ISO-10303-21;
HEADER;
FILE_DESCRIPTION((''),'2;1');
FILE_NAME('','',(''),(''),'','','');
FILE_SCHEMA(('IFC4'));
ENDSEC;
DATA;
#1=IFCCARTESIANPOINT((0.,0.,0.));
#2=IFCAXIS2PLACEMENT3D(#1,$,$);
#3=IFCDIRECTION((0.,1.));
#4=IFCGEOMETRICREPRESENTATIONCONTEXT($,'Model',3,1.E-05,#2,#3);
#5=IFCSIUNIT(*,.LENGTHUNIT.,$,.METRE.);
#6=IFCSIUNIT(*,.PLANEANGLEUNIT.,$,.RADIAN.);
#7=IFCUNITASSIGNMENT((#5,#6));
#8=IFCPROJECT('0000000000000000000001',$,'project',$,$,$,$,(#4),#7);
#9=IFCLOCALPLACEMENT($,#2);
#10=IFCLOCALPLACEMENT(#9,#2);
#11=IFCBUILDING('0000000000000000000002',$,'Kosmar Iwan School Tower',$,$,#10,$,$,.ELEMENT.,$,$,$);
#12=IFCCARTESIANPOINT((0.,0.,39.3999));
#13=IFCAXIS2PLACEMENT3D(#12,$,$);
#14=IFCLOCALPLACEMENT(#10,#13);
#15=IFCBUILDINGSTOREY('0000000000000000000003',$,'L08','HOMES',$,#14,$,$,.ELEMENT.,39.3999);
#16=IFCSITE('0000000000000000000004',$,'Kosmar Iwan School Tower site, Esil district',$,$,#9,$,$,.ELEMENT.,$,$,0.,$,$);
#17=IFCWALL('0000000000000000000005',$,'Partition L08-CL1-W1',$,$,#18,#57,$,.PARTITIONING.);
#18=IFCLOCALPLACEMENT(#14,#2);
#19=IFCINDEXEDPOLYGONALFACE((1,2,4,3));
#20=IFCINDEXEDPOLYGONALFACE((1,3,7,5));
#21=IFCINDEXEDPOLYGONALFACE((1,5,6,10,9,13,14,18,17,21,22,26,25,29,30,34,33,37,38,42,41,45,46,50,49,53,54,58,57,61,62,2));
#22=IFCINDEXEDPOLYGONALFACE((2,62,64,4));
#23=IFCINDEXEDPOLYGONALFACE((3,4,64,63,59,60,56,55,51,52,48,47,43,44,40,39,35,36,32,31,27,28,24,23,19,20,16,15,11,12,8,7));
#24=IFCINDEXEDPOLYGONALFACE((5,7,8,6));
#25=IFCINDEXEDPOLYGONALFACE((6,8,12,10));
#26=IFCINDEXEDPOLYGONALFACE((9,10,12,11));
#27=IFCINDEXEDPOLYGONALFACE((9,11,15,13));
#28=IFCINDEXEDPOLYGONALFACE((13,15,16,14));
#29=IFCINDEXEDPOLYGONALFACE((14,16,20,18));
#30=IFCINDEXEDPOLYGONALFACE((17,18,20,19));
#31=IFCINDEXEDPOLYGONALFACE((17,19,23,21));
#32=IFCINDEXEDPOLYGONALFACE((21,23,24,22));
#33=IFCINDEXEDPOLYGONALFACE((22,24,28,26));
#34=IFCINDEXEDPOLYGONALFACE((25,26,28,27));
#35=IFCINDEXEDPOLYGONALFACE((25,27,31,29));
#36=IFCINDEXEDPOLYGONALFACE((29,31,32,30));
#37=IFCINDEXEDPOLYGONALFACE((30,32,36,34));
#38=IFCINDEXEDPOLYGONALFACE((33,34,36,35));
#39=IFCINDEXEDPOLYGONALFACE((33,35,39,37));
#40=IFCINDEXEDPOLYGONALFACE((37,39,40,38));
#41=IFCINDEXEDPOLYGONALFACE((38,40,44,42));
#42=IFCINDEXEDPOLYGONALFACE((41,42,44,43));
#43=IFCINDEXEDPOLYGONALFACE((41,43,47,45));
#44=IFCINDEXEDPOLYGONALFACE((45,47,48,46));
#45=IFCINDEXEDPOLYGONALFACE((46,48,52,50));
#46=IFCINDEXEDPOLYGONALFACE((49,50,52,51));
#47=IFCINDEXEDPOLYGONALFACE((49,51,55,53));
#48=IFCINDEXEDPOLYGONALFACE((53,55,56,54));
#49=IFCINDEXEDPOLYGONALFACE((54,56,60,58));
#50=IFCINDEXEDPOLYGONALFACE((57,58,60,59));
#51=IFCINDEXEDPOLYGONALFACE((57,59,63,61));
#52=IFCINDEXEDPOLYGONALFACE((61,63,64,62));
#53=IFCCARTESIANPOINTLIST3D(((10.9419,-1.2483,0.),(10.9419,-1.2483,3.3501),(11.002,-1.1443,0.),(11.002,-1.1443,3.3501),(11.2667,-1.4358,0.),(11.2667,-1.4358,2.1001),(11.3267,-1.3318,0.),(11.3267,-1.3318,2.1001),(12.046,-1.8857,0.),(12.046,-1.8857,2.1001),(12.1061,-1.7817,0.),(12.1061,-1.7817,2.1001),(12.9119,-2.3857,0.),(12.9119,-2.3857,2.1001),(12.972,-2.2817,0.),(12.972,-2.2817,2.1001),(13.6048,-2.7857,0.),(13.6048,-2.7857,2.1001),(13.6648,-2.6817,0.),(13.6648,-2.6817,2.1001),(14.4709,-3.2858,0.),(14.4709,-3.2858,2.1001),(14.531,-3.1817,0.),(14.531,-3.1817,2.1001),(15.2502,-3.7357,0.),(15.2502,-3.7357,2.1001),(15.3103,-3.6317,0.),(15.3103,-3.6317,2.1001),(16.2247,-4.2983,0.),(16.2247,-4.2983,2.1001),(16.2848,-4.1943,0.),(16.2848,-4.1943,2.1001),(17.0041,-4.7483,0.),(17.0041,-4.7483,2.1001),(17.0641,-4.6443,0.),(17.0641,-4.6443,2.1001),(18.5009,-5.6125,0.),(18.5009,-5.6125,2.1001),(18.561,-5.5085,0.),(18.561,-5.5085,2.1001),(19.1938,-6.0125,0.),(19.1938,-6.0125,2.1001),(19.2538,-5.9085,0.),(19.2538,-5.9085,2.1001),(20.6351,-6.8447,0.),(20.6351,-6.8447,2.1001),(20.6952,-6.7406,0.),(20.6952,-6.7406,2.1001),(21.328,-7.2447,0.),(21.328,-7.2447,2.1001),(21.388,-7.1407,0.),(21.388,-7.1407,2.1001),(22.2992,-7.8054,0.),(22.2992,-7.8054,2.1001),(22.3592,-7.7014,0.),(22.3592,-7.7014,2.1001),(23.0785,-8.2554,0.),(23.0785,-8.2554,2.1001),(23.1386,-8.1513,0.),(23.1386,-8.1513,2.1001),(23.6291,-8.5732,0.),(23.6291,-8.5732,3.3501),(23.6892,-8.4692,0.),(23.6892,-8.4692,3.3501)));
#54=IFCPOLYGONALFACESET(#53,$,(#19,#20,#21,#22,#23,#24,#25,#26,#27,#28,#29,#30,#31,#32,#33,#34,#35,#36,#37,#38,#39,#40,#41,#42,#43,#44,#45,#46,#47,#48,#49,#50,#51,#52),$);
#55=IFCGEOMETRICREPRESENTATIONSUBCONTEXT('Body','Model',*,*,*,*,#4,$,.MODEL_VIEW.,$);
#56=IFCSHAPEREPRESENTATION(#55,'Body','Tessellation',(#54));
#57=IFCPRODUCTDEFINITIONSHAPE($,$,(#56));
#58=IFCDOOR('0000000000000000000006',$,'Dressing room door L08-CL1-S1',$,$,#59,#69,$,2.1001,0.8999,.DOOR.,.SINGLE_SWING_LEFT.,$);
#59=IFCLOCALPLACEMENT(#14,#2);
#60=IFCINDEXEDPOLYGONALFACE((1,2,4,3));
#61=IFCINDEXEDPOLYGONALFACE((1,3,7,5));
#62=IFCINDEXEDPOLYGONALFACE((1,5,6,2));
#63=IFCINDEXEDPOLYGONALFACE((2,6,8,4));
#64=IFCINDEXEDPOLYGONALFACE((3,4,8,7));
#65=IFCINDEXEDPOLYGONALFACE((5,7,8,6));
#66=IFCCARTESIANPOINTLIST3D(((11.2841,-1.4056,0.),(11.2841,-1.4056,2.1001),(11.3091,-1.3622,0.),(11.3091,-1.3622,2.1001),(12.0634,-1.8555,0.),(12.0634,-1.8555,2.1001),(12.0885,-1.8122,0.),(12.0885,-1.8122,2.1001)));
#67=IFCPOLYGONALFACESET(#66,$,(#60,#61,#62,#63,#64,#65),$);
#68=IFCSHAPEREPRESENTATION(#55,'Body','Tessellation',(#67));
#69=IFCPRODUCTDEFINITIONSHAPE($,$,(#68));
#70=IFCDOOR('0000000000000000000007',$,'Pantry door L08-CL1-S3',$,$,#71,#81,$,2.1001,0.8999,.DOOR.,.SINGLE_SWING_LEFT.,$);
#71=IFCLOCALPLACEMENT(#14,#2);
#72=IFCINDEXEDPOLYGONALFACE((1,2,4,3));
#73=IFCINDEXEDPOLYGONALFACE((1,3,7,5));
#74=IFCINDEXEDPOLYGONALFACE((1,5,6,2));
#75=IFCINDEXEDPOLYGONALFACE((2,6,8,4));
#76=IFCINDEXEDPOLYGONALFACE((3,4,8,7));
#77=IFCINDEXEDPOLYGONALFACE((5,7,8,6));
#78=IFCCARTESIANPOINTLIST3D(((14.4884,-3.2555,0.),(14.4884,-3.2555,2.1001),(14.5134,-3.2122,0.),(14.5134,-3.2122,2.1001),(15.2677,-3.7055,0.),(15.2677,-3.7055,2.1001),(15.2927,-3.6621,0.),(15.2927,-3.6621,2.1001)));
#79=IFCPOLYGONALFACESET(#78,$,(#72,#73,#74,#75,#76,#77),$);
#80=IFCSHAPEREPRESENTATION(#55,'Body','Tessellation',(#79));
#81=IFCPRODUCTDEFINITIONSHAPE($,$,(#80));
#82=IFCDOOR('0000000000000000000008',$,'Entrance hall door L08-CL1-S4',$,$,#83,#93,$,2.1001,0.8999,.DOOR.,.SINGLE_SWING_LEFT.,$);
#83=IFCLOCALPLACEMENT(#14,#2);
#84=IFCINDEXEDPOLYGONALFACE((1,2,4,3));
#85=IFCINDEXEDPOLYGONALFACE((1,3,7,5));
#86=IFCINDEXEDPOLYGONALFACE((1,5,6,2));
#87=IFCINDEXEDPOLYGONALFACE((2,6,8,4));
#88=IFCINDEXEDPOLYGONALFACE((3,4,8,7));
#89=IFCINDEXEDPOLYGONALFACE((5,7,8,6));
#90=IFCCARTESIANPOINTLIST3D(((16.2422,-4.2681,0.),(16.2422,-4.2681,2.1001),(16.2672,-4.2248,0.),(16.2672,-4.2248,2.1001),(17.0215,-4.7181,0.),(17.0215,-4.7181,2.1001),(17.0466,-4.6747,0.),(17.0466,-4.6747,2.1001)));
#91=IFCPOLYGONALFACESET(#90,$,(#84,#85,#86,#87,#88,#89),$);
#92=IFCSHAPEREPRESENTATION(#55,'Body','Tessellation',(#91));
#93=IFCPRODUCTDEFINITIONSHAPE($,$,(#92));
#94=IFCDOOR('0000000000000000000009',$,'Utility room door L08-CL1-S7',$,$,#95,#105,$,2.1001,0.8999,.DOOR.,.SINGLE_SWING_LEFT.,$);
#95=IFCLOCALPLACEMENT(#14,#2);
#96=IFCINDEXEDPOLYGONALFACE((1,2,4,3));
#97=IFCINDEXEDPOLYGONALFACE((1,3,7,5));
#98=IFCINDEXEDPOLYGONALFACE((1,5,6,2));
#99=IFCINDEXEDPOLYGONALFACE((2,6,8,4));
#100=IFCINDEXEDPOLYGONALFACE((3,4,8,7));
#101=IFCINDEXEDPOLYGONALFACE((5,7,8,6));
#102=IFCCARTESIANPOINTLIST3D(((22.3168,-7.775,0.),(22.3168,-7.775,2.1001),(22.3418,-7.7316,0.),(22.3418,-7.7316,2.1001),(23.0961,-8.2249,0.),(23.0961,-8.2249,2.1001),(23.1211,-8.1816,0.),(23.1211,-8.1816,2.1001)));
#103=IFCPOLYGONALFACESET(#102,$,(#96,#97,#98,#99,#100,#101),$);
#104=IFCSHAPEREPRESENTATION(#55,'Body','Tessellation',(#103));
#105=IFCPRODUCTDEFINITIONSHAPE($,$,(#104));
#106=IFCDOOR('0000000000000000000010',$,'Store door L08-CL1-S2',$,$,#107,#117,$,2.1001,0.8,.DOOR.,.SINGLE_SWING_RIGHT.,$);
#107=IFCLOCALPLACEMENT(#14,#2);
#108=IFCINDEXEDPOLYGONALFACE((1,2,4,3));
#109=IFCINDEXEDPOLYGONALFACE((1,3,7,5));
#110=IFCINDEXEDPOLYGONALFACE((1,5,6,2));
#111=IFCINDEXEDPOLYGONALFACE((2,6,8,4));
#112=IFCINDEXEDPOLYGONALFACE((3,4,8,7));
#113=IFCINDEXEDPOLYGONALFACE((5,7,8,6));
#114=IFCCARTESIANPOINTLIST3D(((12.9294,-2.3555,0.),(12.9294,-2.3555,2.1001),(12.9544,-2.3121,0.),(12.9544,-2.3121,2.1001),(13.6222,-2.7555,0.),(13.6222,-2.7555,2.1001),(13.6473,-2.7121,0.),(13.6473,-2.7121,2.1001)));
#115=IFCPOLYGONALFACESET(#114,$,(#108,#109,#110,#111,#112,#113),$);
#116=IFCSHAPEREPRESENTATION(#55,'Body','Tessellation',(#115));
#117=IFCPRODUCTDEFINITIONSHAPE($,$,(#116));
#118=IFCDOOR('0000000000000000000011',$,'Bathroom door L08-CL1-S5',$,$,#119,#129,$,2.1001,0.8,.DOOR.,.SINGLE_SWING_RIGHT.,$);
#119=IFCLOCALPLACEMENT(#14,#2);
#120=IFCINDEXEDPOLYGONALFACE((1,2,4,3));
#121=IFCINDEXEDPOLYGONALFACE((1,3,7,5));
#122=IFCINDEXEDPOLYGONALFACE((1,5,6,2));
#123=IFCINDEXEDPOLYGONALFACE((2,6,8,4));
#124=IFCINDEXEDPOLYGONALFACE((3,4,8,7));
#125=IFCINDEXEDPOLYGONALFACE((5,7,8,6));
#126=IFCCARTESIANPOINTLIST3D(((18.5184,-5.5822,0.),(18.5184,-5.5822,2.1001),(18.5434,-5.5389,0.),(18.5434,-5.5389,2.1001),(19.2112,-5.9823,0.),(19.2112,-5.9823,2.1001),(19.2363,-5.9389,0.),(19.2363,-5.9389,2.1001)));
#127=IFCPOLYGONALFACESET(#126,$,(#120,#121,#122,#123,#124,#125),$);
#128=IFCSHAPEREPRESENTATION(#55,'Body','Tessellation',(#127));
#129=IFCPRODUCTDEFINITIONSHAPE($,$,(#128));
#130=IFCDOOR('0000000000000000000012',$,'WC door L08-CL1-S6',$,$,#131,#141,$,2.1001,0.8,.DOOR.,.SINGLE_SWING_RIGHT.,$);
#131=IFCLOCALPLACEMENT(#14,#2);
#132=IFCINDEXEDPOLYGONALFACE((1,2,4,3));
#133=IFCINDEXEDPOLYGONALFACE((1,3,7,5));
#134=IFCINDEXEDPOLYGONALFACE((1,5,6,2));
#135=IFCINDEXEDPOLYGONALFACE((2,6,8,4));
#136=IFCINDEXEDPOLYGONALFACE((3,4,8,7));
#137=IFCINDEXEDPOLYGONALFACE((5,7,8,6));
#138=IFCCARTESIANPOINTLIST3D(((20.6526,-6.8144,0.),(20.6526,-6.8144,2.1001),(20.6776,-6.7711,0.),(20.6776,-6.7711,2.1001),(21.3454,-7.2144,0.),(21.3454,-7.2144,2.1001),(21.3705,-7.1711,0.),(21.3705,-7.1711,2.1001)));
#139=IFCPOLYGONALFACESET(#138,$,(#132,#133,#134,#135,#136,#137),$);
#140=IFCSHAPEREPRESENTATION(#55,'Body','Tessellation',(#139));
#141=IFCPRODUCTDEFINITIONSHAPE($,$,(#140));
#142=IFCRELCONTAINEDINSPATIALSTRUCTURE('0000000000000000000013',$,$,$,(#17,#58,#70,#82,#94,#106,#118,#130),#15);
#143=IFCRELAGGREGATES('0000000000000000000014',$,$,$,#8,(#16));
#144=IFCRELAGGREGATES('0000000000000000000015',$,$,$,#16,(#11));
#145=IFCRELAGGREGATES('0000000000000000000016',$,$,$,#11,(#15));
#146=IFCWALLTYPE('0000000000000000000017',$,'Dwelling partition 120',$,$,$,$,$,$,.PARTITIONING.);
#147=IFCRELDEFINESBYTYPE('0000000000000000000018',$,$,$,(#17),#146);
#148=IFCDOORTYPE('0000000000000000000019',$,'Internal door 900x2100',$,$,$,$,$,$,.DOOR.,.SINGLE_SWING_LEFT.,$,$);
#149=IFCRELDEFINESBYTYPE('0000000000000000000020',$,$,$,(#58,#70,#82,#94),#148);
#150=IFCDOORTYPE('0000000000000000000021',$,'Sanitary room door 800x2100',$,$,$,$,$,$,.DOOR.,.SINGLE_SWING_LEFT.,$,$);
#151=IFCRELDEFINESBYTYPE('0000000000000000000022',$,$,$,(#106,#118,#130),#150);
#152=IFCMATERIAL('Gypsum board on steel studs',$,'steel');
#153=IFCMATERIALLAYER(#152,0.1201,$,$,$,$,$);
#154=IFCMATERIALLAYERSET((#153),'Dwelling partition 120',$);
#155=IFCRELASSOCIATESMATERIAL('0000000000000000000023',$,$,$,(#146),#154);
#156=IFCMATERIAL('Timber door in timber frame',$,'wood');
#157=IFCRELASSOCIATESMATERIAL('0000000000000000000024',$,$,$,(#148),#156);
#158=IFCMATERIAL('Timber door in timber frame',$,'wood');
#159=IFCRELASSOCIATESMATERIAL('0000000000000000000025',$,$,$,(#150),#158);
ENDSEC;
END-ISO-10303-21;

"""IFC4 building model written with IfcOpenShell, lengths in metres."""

from ifc_helpers import new_model, si_unit, direction, frame, frame_2d, origin, place, context, subcontext, project, spatial, rectangle, extrude, material, layer, layer_set, type_object, element, fill, save


model = new_model("IFC4")

# Units and contexts
model_context = context("Model", 3, precision=1e-05, world=origin(), true_north=direction((0.0, 1.0)))
body_context = subcontext(model_context, "Body", "Model", "MODEL_VIEW")
ifc_project = project(units=[si_unit("LENGTHUNIT", "METRE"), si_unit("PLANEANGLEUNIT", "RADIAN")], contexts=[model_context])

# Site, building, storey
site_placement = place(None, origin())
site = spatial("IfcSite", under=ifc_project, at=site_placement, Name="Kosmar Iwan School Tower site, Esil district", CompositionType="ELEMENT", RefElevation=0.0)
building_placement = place(site_placement, origin())
building = spatial("IfcBuilding", under=site, at=building_placement, Name="Kosmar Iwan School Tower", CompositionType="ELEMENT")
storey_placement = place(building_placement, frame((0.0, 0.0, 39.3999)))
storey = spatial("IfcBuildingStorey", under=building, at=storey_placement, Name="L08", Description="HOMES", CompositionType="ELEMENT", Elevation=39.3999)

# Wall, openings, doors
ifc_material_1 = material(Name="Gypsum board on steel studs", Category="steel")
ifc_layer_1 = layer(ifc_material_1, 0.1201)
ifc_layer_set_1 = layer_set([ifc_layer_1], Name="Dwelling partition 120")
wall_type_1 = type_object("IfcWallType", Name="Dwelling partition 120", PredefinedType="PARTITIONING", material=ifc_layer_set_1)
wall_1_placement = place(storey_placement, frame((10.9719, -1.1963, 0.0), z_axis=(0.0, 0.0, 1.0), x_axis=(0.866027, -0.499998, 0.0)))
wall_1 = element("IfcWall", 1, at=wall_1_placement, inside=storey, type_object=wall_type_1, Name="Partition L08-CL1-W1", PredefinedType="PARTITIONING", context=body_context, shape_type="SweptSolid", body=[
    extrude(rectangle(XDim=14.6499, YDim=0.1201, at=frame_2d((7.325, 0.0))), origin(), (0.0, 0.0, 1.0), 3.3501),
])
opening_1_placement = place(wall_1_placement, frame((0.375, 0.0, 0.0)))
opening_1 = element("IfcOpeningElement", 2, at=opening_1_placement, cuts=wall_1, PredefinedType="OPENING", context=body_context, shape_type="SweptSolid", body=[
    extrude(rectangle(XDim=0.8999, YDim=2.1001, at=frame_2d((0.45, 1.05))), frame((0.0, 0.072, 0.0), z_axis=(0.0, -1.0, 0.0), x_axis=(1.0, 0.0, 0.0)), (0.0, 0.0, 1.0), 0.144),
])
opening_2_placement = place(wall_1_placement, frame((2.2749, 0.0, 0.0)))
opening_2 = element("IfcOpeningElement", 3, at=opening_2_placement, cuts=wall_1, PredefinedType="OPENING", context=body_context, shape_type="SweptSolid", body=[
    extrude(rectangle(XDim=0.8, YDim=2.1001, at=frame_2d((0.3999, 1.05))), frame((0.0, 0.072, 0.0), z_axis=(0.0, -1.0, 0.0), x_axis=(1.0, 0.0, 0.0)), (0.0, 0.0, 1.0), 0.144),
])
opening_3_placement = place(wall_1_placement, frame((4.075, 0.0, 0.0)))
opening_3 = element("IfcOpeningElement", 4, at=opening_3_placement, cuts=wall_1, PredefinedType="OPENING", context=body_context, shape_type="SweptSolid", body=[
    extrude(rectangle(XDim=0.8999, YDim=2.1001, at=frame_2d((0.45, 1.05))), frame((0.0, 0.072, 0.0), z_axis=(0.0, -1.0, 0.0), x_axis=(1.0, 0.0, 0.0)), (0.0, 0.0, 1.0), 0.144),
])
opening_4_placement = place(wall_1_placement, frame((6.1001, 0.0, 0.0)))
opening_4 = element("IfcOpeningElement", 5, at=opening_4_placement, cuts=wall_1, PredefinedType="OPENING", context=body_context, shape_type="SweptSolid", body=[
    extrude(rectangle(XDim=0.8999, YDim=2.1001, at=frame_2d((0.45, 1.05))), frame((0.0, 0.072, 0.0), z_axis=(0.0, -1.0, 0.0), x_axis=(1.0, 0.0, 0.0)), (0.0, 0.0, 1.0), 0.144),
])
opening_5_placement = place(wall_1_placement, frame((8.7285, 0.0, 0.0)))
opening_5 = element("IfcOpeningElement", 6, at=opening_5_placement, cuts=wall_1, PredefinedType="OPENING", context=body_context, shape_type="SweptSolid", body=[
    extrude(rectangle(XDim=0.8, YDim=2.1001, at=frame_2d((0.3999, 1.05))), frame((0.0, 0.072, 0.0), z_axis=(0.0, -1.0, 0.0), x_axis=(1.0, 0.0, 0.0)), (0.0, 0.0, 1.0), 0.144),
])
opening_6_placement = place(wall_1_placement, frame((11.1929, 0.0, 0.0)))
opening_6 = element("IfcOpeningElement", 7, at=opening_6_placement, cuts=wall_1, PredefinedType="OPENING", context=body_context, shape_type="SweptSolid", body=[
    extrude(rectangle(XDim=0.8, YDim=2.1001, at=frame_2d((0.3999, 1.05))), frame((0.0, 0.072, 0.0), z_axis=(0.0, -1.0, 0.0), x_axis=(1.0, 0.0, 0.0)), (0.0, 0.0, 1.0), 0.144),
])
opening_7_placement = place(wall_1_placement, frame((13.1143, 0.0, 0.0)))
opening_7 = element("IfcOpeningElement", 8, at=opening_7_placement, cuts=wall_1, PredefinedType="OPENING", context=body_context, shape_type="SweptSolid", body=[
    extrude(rectangle(XDim=0.8999, YDim=2.1001, at=frame_2d((0.45, 1.05))), frame((0.0, 0.072, 0.0), z_axis=(0.0, -1.0, 0.0), x_axis=(1.0, 0.0, 0.0)), (0.0, 0.0, 1.0), 0.144),
])
ifc_material_2 = material(Name="Timber door in timber frame", Category="wood")
door_type_1 = type_object("IfcDoorType", Name="Internal door 900x2100", OperationType="SINGLE_SWING_LEFT", PredefinedType="DOOR", material=ifc_material_2)
door_1_placement = place(opening_1_placement, origin())
door_1 = element("IfcDoor", 9, at=door_1_placement, inside=storey, type_object=door_type_1, Name="Dressing room door L08-CL1-S1", OperationType="SINGLE_SWING_LEFT", OverallHeight=2.1001, OverallWidth=0.8999, PredefinedType="DOOR", context=body_context, shape_type="SweptSolid", body=[
    extrude(rectangle(XDim=0.8999, YDim=2.1001, at=frame_2d((0.45, 1.05))), frame((0.0, 0.0249, 0.0), z_axis=(0.0, -1.0, 0.0), x_axis=(1.0, 0.0, 0.0)), (0.0, 0.0, 1.0), 0.05),
])
fill(opening_1, door_1)
door_2_placement = place(opening_3_placement, origin())
door_2 = element("IfcDoor", 10, at=door_2_placement, inside=storey, type_object=door_type_1, Name="Pantry door L08-CL1-S3", OperationType="SINGLE_SWING_LEFT", OverallHeight=2.1001, OverallWidth=0.8999, PredefinedType="DOOR", context=body_context, shape_type="SweptSolid", body=[
    extrude(rectangle(XDim=0.8999, YDim=2.1001, at=frame_2d((0.45, 1.05))), frame((0.0, 0.0249, 0.0), z_axis=(0.0, -1.0, 0.0), x_axis=(1.0, 0.0, 0.0)), (0.0, 0.0, 1.0), 0.05),
])
fill(opening_3, door_2)
door_3_placement = place(opening_4_placement, origin())
door_3 = element("IfcDoor", 11, at=door_3_placement, inside=storey, type_object=door_type_1, Name="Entrance hall door L08-CL1-S4", OperationType="SINGLE_SWING_LEFT", OverallHeight=2.1001, OverallWidth=0.8999, PredefinedType="DOOR", context=body_context, shape_type="SweptSolid", body=[
    extrude(rectangle(XDim=0.8999, YDim=2.1001, at=frame_2d((0.45, 1.05))), frame((0.0, 0.0249, 0.0), z_axis=(0.0, -1.0, 0.0), x_axis=(1.0, 0.0, 0.0)), (0.0, 0.0, 1.0), 0.05),
])
fill(opening_4, door_3)
door_4_placement = place(opening_7_placement, frame((0.8999, 0.0, 0.0), z_axis=(0.0, 0.0, 1.0), x_axis=(-1.0, 0.0, 0.0)))
door_4 = element("IfcDoor", 12, at=door_4_placement, inside=storey, type_object=door_type_1, Name="Utility room door L08-CL1-S7", OperationType="SINGLE_SWING_LEFT", OverallHeight=2.1001, OverallWidth=0.8999, PredefinedType="DOOR", context=body_context, shape_type="SweptSolid", body=[
    extrude(rectangle(XDim=0.8999, YDim=2.1001, at=frame_2d((0.45, 1.05))), frame((0.0, 0.0249, 0.0), z_axis=(0.0, -1.0, 0.0), x_axis=(1.0, 0.0, 0.0)), (0.0, 0.0, 1.0), 0.05),
])
fill(opening_7, door_4)
ifc_material_3 = material(Name="Timber door in timber frame", Category="wood")
door_type_2 = type_object("IfcDoorType", Name="Sanitary room door 800x2100", OperationType="SINGLE_SWING_LEFT", PredefinedType="DOOR", material=ifc_material_3)
door_5_placement = place(opening_2_placement, origin())
door_5 = element("IfcDoor", 13, at=door_5_placement, inside=storey, type_object=door_type_2, Name="Store door L08-CL1-S2", OperationType="SINGLE_SWING_RIGHT", OverallHeight=2.1001, OverallWidth=0.8, PredefinedType="DOOR", context=body_context, shape_type="SweptSolid", body=[
    extrude(rectangle(XDim=0.8, YDim=2.1001, at=frame_2d((0.3999, 1.05))), frame((0.0, 0.0249, 0.0), z_axis=(0.0, -1.0, 0.0), x_axis=(1.0, 0.0, 0.0)), (0.0, 0.0, 1.0), 0.05),
])
fill(opening_2, door_5)
door_6_placement = place(opening_5_placement, origin())
door_6 = element("IfcDoor", 14, at=door_6_placement, inside=storey, type_object=door_type_2, Name="Bathroom door L08-CL1-S5", OperationType="SINGLE_SWING_RIGHT", OverallHeight=2.1001, OverallWidth=0.8, PredefinedType="DOOR", context=body_context, shape_type="SweptSolid", body=[
    extrude(rectangle(XDim=0.8, YDim=2.1001, at=frame_2d((0.3999, 1.05))), frame((0.0, 0.0249, 0.0), z_axis=(0.0, -1.0, 0.0), x_axis=(1.0, 0.0, 0.0)), (0.0, 0.0, 1.0), 0.05),
])
fill(opening_5, door_6)
door_7_placement = place(opening_6_placement, origin())
door_7 = element("IfcDoor", 15, at=door_7_placement, inside=storey, type_object=door_type_2, Name="WC door L08-CL1-S6", OperationType="SINGLE_SWING_RIGHT", OverallHeight=2.1001, OverallWidth=0.8, PredefinedType="DOOR", context=body_context, shape_type="SweptSolid", body=[
    extrude(rectangle(XDim=0.8, YDim=2.1001, at=frame_2d((0.3999, 1.05))), frame((0.0, 0.0249, 0.0), z_axis=(0.0, -1.0, 0.0), x_axis=(1.0, 0.0, 0.0)), (0.0, 0.0, 1.0), 0.05),
])
fill(opening_6, door_7)

save(model, "model.ifc")
